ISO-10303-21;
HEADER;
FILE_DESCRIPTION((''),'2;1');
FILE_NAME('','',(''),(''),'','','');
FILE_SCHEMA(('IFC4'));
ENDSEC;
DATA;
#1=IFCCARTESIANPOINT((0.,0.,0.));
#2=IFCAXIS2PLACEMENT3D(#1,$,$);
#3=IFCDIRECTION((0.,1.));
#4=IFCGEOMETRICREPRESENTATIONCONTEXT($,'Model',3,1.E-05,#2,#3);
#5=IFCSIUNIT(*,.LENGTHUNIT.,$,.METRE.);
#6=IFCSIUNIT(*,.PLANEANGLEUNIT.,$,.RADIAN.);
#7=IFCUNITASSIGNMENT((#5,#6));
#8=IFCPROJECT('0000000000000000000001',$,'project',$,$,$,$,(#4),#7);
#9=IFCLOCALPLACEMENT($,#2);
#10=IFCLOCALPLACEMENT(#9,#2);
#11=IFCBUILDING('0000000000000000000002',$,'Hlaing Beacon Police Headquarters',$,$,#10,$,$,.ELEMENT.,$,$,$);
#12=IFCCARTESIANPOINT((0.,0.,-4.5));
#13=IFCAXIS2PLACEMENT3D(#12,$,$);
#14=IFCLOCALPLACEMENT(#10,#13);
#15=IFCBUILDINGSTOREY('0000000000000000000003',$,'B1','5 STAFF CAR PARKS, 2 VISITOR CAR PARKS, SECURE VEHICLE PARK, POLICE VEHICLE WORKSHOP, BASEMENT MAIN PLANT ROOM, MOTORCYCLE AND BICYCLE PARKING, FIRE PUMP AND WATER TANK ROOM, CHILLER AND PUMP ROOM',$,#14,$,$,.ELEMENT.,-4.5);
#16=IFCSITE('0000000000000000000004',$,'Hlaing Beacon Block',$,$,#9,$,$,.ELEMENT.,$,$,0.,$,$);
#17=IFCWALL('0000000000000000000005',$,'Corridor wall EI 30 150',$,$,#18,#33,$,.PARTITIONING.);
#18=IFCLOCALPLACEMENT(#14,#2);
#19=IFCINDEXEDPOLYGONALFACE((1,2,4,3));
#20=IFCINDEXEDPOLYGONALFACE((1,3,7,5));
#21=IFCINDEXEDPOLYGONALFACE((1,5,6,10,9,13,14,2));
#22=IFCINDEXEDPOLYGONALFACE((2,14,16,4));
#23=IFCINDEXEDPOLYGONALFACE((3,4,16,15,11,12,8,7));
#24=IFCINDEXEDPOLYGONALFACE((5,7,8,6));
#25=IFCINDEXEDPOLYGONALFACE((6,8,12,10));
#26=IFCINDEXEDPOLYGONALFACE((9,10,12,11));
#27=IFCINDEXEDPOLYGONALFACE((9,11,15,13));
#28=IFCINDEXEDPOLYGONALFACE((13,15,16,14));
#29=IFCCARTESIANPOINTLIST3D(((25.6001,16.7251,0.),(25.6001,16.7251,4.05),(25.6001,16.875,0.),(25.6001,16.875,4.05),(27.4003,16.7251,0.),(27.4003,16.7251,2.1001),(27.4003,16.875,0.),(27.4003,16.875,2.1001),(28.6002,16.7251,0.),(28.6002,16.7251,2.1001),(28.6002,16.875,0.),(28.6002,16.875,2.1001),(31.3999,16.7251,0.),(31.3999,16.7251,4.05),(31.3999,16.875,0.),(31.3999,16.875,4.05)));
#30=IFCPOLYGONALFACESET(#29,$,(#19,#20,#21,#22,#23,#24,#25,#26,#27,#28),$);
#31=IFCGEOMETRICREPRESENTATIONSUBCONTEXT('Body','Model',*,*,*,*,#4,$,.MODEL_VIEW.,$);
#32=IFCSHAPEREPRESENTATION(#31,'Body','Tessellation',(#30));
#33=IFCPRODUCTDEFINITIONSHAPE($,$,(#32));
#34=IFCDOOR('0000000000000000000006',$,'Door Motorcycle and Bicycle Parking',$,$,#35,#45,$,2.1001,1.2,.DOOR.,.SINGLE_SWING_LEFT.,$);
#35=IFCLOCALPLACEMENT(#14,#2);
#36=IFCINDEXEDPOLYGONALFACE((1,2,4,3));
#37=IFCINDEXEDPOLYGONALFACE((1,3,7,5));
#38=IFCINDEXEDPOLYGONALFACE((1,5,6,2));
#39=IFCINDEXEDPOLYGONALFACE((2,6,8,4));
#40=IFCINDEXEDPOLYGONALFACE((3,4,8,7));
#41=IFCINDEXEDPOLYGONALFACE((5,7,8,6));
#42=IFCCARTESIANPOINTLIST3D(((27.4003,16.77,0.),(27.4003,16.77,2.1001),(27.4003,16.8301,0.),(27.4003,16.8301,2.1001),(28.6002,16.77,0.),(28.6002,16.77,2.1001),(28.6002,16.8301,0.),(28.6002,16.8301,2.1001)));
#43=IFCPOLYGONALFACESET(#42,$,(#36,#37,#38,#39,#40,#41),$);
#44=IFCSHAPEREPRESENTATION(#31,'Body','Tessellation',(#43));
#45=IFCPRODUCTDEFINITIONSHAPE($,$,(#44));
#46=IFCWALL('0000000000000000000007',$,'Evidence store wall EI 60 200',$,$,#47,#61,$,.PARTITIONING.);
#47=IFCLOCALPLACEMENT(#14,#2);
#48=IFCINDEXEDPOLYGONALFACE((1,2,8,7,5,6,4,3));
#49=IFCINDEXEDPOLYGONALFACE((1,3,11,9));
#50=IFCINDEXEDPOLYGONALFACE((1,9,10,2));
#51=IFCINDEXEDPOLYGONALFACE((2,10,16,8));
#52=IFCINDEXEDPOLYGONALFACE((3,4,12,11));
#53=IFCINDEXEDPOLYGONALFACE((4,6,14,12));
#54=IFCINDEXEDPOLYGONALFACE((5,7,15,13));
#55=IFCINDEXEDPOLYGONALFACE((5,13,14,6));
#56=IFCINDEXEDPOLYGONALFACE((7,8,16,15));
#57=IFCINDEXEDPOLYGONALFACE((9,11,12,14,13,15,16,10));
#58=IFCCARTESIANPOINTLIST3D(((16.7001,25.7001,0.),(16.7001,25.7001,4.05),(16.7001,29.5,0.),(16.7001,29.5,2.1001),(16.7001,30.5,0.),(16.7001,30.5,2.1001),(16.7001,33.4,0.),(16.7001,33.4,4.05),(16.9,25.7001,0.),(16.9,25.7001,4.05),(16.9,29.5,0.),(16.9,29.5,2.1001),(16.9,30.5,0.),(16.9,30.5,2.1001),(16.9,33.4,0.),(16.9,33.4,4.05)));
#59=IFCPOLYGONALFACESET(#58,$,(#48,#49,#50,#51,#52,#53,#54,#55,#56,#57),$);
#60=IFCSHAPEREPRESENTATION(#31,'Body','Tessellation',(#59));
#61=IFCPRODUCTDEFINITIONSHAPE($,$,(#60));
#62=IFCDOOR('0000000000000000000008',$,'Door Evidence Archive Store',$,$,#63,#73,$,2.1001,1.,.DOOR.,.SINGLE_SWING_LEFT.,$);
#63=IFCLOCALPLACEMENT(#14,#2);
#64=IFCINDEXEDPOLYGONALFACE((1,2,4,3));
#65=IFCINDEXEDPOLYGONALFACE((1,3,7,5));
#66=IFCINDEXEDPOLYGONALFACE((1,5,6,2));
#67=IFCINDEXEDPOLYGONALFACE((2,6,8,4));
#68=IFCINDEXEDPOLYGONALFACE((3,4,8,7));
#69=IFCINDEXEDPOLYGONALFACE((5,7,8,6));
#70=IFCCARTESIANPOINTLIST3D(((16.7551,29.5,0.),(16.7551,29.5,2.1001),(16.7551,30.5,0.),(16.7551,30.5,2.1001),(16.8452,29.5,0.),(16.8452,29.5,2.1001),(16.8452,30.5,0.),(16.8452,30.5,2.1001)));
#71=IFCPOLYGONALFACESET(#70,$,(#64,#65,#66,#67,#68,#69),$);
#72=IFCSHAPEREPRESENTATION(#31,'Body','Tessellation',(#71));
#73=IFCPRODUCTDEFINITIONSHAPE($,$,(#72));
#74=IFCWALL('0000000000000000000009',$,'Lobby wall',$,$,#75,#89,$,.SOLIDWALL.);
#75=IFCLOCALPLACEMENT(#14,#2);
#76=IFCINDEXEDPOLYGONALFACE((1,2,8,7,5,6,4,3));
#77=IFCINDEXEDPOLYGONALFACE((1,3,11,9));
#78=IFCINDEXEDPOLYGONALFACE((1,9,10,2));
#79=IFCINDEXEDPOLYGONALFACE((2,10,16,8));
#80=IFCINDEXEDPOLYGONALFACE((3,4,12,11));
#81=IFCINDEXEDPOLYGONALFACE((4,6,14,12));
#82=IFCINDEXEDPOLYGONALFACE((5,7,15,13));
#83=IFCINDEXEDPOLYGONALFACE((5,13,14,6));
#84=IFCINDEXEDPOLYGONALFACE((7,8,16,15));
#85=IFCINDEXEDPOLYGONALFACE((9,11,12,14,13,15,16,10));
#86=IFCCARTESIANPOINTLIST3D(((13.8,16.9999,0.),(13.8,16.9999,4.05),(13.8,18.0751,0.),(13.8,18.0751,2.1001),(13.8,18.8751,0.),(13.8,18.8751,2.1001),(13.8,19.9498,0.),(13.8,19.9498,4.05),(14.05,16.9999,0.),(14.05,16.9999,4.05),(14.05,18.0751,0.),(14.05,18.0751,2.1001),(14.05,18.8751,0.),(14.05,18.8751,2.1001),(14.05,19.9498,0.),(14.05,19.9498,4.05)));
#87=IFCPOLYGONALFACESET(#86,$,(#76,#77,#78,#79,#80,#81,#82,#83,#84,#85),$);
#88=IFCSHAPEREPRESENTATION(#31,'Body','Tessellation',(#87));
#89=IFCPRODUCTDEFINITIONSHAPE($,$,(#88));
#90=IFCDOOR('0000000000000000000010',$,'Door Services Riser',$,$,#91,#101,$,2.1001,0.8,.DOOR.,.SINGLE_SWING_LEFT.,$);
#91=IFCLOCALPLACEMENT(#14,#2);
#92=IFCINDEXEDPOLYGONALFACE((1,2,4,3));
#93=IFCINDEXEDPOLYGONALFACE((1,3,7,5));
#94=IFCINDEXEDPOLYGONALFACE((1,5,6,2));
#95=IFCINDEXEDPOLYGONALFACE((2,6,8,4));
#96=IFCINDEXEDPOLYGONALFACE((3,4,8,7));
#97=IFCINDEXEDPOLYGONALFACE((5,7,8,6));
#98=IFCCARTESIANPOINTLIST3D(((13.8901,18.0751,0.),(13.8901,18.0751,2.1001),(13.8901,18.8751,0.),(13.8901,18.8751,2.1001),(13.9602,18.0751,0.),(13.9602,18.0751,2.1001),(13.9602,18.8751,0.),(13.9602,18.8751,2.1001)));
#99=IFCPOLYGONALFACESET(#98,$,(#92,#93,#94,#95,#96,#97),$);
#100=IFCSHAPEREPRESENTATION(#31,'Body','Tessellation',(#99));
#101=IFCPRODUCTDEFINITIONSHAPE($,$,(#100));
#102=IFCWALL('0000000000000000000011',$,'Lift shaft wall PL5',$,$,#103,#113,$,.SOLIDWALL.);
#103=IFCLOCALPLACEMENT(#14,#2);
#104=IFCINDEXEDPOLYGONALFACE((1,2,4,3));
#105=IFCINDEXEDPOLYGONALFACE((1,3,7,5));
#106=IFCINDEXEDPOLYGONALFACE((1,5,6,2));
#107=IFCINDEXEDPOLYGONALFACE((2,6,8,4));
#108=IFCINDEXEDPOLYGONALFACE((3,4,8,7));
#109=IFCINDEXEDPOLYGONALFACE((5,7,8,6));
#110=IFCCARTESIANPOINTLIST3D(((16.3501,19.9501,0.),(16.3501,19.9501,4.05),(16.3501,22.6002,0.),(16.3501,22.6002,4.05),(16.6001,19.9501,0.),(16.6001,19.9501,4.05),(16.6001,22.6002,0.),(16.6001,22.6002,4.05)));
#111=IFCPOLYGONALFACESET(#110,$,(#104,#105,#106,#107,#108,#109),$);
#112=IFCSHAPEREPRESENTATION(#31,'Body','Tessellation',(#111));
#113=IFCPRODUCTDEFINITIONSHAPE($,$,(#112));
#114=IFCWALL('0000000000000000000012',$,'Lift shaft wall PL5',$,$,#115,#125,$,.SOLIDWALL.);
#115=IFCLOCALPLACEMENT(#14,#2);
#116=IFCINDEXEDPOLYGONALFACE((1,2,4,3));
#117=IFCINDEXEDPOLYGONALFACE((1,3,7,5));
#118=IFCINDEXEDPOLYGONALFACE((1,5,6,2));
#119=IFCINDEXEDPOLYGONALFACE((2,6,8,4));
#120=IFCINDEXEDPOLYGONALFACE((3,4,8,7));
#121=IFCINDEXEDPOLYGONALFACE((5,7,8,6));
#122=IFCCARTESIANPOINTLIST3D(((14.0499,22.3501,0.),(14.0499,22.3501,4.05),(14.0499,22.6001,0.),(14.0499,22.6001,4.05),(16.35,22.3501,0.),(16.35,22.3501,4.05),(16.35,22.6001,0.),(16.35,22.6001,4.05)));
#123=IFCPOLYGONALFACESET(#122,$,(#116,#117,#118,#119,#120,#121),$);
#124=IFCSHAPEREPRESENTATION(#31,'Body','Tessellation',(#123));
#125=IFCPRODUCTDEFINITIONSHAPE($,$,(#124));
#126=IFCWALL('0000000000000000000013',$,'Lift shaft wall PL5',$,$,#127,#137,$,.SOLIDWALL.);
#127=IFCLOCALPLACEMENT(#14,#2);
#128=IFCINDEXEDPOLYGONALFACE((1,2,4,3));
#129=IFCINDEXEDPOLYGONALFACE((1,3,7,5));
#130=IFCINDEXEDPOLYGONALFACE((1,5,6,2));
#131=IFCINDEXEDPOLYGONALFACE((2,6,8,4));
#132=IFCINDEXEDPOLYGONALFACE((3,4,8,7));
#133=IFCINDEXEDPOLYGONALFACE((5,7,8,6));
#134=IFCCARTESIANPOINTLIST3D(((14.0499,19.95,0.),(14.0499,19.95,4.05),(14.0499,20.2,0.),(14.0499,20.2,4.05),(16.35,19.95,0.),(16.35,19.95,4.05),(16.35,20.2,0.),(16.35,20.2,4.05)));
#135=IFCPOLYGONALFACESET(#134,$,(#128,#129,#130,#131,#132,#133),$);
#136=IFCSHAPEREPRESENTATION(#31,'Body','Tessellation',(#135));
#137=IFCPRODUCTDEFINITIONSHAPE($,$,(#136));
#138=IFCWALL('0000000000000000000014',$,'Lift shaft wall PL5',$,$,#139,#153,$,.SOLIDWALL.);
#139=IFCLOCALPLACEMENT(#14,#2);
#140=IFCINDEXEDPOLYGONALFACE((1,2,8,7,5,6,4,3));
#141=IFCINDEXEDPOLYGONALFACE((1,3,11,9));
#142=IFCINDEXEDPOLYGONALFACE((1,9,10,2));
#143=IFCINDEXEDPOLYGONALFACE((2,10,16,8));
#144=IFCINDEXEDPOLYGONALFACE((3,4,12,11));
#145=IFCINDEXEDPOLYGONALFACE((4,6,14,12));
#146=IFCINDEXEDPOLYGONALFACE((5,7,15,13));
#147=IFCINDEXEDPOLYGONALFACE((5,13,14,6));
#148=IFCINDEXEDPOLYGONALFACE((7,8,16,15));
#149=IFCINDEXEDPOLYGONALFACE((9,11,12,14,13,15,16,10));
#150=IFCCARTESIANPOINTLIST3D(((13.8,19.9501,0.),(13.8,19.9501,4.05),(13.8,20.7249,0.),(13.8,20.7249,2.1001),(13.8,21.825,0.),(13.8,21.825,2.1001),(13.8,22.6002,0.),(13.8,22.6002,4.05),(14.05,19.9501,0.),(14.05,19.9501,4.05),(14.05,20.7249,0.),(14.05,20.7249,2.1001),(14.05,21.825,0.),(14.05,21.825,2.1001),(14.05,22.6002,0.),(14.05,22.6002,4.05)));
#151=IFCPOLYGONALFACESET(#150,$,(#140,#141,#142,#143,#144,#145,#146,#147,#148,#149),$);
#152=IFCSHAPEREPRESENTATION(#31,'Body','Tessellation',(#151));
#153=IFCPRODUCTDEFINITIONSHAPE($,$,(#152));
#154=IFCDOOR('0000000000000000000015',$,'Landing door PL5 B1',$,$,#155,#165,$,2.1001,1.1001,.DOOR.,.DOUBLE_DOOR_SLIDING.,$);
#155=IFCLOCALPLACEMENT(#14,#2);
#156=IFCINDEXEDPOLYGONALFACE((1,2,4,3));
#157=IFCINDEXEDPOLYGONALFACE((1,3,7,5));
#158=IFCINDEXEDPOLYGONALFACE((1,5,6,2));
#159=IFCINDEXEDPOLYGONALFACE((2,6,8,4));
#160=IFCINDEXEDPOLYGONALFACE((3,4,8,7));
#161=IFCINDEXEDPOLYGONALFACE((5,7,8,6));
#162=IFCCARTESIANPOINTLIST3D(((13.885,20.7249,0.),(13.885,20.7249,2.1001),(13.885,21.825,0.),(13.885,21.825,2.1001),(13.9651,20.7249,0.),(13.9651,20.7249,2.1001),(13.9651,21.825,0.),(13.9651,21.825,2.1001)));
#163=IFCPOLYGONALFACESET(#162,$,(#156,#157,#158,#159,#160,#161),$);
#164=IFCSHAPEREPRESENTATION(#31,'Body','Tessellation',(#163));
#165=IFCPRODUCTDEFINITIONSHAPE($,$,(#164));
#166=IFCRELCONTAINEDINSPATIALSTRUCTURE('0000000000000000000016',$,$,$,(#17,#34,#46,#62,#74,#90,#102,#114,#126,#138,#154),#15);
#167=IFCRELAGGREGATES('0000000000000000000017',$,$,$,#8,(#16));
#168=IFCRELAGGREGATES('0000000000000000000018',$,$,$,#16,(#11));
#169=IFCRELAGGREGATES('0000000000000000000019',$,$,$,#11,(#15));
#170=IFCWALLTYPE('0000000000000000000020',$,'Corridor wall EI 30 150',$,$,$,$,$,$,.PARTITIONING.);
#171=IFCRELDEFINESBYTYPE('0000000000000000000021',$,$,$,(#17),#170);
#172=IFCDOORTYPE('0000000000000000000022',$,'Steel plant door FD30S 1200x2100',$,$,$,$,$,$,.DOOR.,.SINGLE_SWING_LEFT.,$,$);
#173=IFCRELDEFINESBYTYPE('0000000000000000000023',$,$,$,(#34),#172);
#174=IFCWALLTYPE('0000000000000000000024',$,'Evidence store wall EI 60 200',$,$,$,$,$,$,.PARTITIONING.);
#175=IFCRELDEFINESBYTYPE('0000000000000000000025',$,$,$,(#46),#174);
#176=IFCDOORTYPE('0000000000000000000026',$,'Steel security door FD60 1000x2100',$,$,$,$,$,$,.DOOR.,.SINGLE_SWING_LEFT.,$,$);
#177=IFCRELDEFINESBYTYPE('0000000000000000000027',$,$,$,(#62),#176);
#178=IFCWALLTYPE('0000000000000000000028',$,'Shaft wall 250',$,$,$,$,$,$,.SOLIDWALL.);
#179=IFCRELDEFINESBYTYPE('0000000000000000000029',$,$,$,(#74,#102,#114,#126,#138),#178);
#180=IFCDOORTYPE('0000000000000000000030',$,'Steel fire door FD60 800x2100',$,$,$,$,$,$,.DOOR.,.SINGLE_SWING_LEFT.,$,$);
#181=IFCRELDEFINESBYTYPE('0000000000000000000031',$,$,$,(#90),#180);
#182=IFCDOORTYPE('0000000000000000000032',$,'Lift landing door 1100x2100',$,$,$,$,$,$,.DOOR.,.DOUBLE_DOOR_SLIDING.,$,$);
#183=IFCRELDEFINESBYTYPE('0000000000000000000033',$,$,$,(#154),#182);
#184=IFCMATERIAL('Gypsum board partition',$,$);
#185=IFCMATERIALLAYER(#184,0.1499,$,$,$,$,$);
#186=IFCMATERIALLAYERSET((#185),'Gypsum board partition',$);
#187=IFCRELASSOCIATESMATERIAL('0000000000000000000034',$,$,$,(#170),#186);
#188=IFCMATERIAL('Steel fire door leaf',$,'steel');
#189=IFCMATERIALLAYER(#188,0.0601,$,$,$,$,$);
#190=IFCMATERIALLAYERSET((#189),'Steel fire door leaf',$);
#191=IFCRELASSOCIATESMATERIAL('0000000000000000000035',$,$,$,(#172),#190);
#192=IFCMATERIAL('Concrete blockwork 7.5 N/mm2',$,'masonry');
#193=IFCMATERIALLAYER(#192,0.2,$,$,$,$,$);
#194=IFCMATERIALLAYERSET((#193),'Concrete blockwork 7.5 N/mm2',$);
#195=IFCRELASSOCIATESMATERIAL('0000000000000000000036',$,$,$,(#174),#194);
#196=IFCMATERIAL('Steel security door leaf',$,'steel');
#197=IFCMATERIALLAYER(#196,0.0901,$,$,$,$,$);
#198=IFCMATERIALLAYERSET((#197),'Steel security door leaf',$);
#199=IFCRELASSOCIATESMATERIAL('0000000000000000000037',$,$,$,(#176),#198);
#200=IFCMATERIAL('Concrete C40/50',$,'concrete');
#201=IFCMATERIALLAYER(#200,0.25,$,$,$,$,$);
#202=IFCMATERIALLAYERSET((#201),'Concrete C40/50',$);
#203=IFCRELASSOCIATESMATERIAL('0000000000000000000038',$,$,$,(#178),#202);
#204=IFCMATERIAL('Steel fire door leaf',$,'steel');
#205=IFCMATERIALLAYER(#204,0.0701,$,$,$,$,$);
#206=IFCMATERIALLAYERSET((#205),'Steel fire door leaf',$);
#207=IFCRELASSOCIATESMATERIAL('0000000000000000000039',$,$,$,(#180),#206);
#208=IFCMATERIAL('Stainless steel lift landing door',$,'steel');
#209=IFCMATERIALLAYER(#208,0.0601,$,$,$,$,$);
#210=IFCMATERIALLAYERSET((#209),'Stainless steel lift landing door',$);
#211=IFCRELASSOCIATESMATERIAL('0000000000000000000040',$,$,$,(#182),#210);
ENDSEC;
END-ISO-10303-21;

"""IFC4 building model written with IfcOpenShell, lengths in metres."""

from ifc_helpers import new_model, si_unit, direction, frame, frame_2d, origin, place, context, subcontext, project, spatial, rectangle, extrude, material, layer, layer_set, type_object, element, fill, save


model = new_model("IFC4")

# Units and contexts
model_context = context("Model", 3, precision=1e-05, world=origin(), true_north=direction((0.0, 1.0)))
body_context = subcontext(model_context, "Body", "Model", "MODEL_VIEW")
ifc_project = project(units=[si_unit("LENGTHUNIT", "METRE"), si_unit("PLANEANGLEUNIT", "RADIAN")], contexts=[model_context])

# Site, building, storey
site_placement = place(None, origin())
site = spatial("IfcSite", under=ifc_project, at=site_placement, Name="Hlaing Beacon Block", CompositionType="ELEMENT", RefElevation=0.0)
building_placement = place(site_placement, origin())
building = spatial("IfcBuilding", under=site, at=building_placement, Name="Hlaing Beacon Police Headquarters", CompositionType="ELEMENT")
storey_placement = place(building_placement, frame((0.0, 0.0, -4.5)))
storey = spatial("IfcBuildingStorey", under=building, at=storey_placement, Name="B1", Description="5 STAFF CAR PARKS, 2 VISITOR CAR PARKS, SECURE VEHICLE PARK, POLICE VEHICLE WORKSHOP, BASEMENT MAIN PLANT ROOM, MOTORCYCLE AND BICYCLE PARKING, FIRE PUMP AND WATER TANK ROOM, CHILLER AND PUMP ROOM", CompositionType="ELEMENT", Elevation=-4.5)

# Walls, openings, doors
ifc_material_1 = material(Name="Gypsum board partition")
ifc_layer_1 = layer(ifc_material_1, 0.1499)
ifc_layer_set_1 = layer_set([ifc_layer_1], Name="Gypsum board partition")
wall_type_1 = type_object("IfcWallType", Name="Corridor wall EI 30 150", PredefinedType="PARTITIONING", material=ifc_layer_set_1)
wall_1_placement = place(storey_placement, frame((25.6001, 16.8, 0.0), z_axis=(0.0, 0.0, 1.0), x_axis=(1.0, 0.0, 0.0)))
wall_1 = element("IfcWall", 1, at=wall_1_placement, inside=storey, type_object=wall_type_1, Name="Corridor wall EI 30 150", PredefinedType="PARTITIONING", context=body_context, shape_type="SweptSolid", body=[
    extrude(rectangle(XDim=5.7998, YDim=0.1499, at=frame_2d((2.8999, 0.0))), origin(), (0.0, 0.0, 1.0), 4.05),
])
opening_1_placement = place(wall_1_placement, frame((1.8, 0.0, 0.0)))
opening_1 = element("IfcOpeningElement", 2, at=opening_1_placement, cuts=wall_1, PredefinedType="OPENING", context=body_context, shape_type="SweptSolid", body=[
    extrude(rectangle(XDim=1.2, YDim=2.1001, at=frame_2d((0.6001, 1.05))), frame((0.0, 0.085, 0.0), z_axis=(0.0, -1.0, 0.0), x_axis=(1.0, 0.0, 0.0)), (0.0, 0.0, 1.0), 0.1699),
])
ifc_material_2 = material(Name="Steel fire door leaf", Category="steel")
ifc_layer_2 = layer(ifc_material_2, 0.0601)
ifc_layer_set_2 = layer_set([ifc_layer_2], Name="Steel fire door leaf")
door_type_1 = type_object("IfcDoorType", Name="Steel plant door FD30S 1200x2100", OperationType="SINGLE_SWING_LEFT", PredefinedType="DOOR", material=ifc_layer_set_2)
door_1_placement = place(opening_1_placement, origin())
door_1 = element("IfcDoor", 3, at=door_1_placement, inside=storey, type_object=door_type_1, Name="Door Motorcycle and Bicycle Parking", OperationType="SINGLE_SWING_LEFT", OverallHeight=2.1001, OverallWidth=1.2, PredefinedType="DOOR", context=body_context, shape_type="SweptSolid", body=[
    extrude(rectangle(XDim=1.2, YDim=2.1001, at=frame_2d((0.6001, 1.05))), frame((0.0, 0.03, 0.0), z_axis=(0.0, -1.0, 0.0), x_axis=(1.0, 0.0, 0.0)), (0.0, 0.0, 1.0), 0.0601),
])
fill(opening_1, door_1)
ifc_material_3 = material(Name="Concrete blockwork 7.5 N/mm2", Category="masonry")
ifc_layer_3 = layer(ifc_material_3, 0.2)
ifc_layer_set_3 = layer_set([ifc_layer_3], Name="Concrete blockwork 7.5 N/mm2")
wall_type_2 = type_object("IfcWallType", Name="Evidence store wall EI 60 200", PredefinedType="PARTITIONING", material=ifc_layer_set_3)
wall_2_placement = place(storey_placement, frame((16.8, 25.7, 0.0), z_axis=(0.0, 0.0, 1.0), x_axis=(0.0, 1.0, 0.0)))
wall_2 = element("IfcWall", 4, at=wall_2_placement, inside=storey, type_object=wall_type_2, Name="Evidence store wall EI 60 200", PredefinedType="PARTITIONING", context=body_context, shape_type="SweptSolid", body=[
    extrude(rectangle(XDim=7.7, YDim=0.2, at=frame_2d((3.8501, 0.0))), origin(), (0.0, 0.0, 1.0), 4.05),
])
opening_2_placement = place(wall_2_placement, frame((3.8, 0.0, 0.0)))
opening_2 = element("IfcOpeningElement", 5, at=opening_2_placement, cuts=wall_2, PredefinedType="OPENING", context=body_context, shape_type="SweptSolid", body=[
    extrude(rectangle(XDim=1.0, YDim=2.1001, at=frame_2d((0.5, 1.05))), frame((0.0, 0.1099, 0.0), z_axis=(0.0, -1.0, 0.0), x_axis=(1.0, 0.0, 0.0)), (0.0, 0.0, 1.0), 0.22),
])
ifc_material_4 = material(Name="Steel security door leaf", Category="steel")
ifc_layer_4 = layer(ifc_material_4, 0.0901)
ifc_layer_set_4 = layer_set([ifc_layer_4], Name="Steel security door leaf")
door_type_2 = type_object("IfcDoorType", Name="Steel security door FD60 1000x2100", OperationType="SINGLE_SWING_LEFT", PredefinedType="DOOR", material=ifc_layer_set_4)
door_2_placement = place(opening_2_placement, origin())
door_2 = element("IfcDoor", 6, at=door_2_placement, inside=storey, type_object=door_type_2, Name="Door Evidence Archive Store", OperationType="SINGLE_SWING_LEFT", OverallHeight=2.1001, OverallWidth=1.0, PredefinedType="DOOR", context=body_context, shape_type="SweptSolid", body=[
    extrude(rectangle(XDim=1.0, YDim=2.1001, at=frame_2d((0.5, 1.05))), frame((0.0, 0.0449, 0.0), z_axis=(0.0, -1.0, 0.0), x_axis=(1.0, 0.0, 0.0)), (0.0, 0.0, 1.0), 0.0901),
])
fill(opening_2, door_2)
ifc_material_5 = material(Name="Concrete C40/50", Category="concrete")
ifc_layer_5 = layer(ifc_material_5, 0.25)
ifc_layer_set_5 = layer_set([ifc_layer_5], Name="Concrete C40/50")
wall_type_3 = type_object("IfcWallType", Name="Shaft wall 250", PredefinedType="SOLIDWALL", material=ifc_layer_set_5)
wall_3_placement = place(storey_placement, frame((13.925, 19.95, 0.0), z_axis=(0.0, 0.0, 1.0), x_axis=(0.0, -1.0, 0.0)))
wall_3 = element("IfcWall", 7, at=wall_3_placement, inside=storey, type_object=wall_type_3, Name="Lobby wall", PredefinedType="SOLIDWALL", context=body_context, shape_type="SweptSolid", body=[
    extrude(rectangle(XDim=2.95, YDim=0.25, at=frame_2d((1.4751, 0.0))), origin(), (0.0, 0.0, 1.0), 4.05),
])
opening_3_placement = place(wall_3_placement, frame((1.075, 0.0, 0.0)))
opening_3 = element("IfcOpeningElement", 8, at=opening_3_placement, cuts=wall_3, PredefinedType="OPENING", context=body_context, shape_type="SweptSolid", body=[
    extrude(rectangle(XDim=0.8, YDim=2.1001, at=frame_2d((0.3999, 1.05))), frame((0.0, 0.135, 0.0), z_axis=(0.0, -1.0, 0.0), x_axis=(1.0, 0.0, 0.0)), (0.0, 0.0, 1.0), 0.27),
])
ifc_material_6 = material(Name="Steel fire door leaf", Category="steel")
ifc_layer_6 = layer(ifc_material_6, 0.0701)
ifc_layer_set_6 = layer_set([ifc_layer_6], Name="Steel fire door leaf")
door_type_3 = type_object("IfcDoorType", Name="Steel fire door FD60 800x2100", OperationType="SINGLE_SWING_LEFT", PredefinedType="DOOR", material=ifc_layer_set_6)
door_3_placement = place(opening_3_placement, origin())
door_3 = element("IfcDoor", 9, at=door_3_placement, inside=storey, type_object=door_type_3, Name="Door Services Riser", OperationType="SINGLE_SWING_LEFT", OverallHeight=2.1001, OverallWidth=0.8, PredefinedType="DOOR", context=body_context, shape_type="SweptSolid", body=[
    extrude(rectangle(XDim=0.8, YDim=2.1001, at=frame_2d((0.3999, 1.05))), frame((0.0, 0.0352, 0.0), z_axis=(0.0, -1.0, 0.0), x_axis=(1.0, 0.0, 0.0)), (0.0, 0.0, 1.0), 0.0701),
])
fill(opening_3, door_3)

# Walls
wall_4_placement = place(storey_placement, frame((16.4751, 19.95, 0.0), z_axis=(0.0, 0.0, 1.0), x_axis=(0.0, 1.0, 0.0)))
element("IfcWall", 10, at=wall_4_placement, inside=storey, type_object=wall_type_3, Name="Lift shaft wall PL5", PredefinedType="SOLIDWALL", context=body_context, shape_type="SweptSolid", body=[
    extrude(rectangle(XDim=2.6501, YDim=0.25, at=frame_2d((1.3252, 0.0))), origin(), (0.0, 0.0, 1.0), 4.05),
])
for number, where, z_axis, x_axis, name in (
    (11, (14.05, 22.4751, 0.0), (0.0, 0.0, 1.0), (1.0, 0.0, 0.0), "Lift shaft wall PL5"),
    (12, (14.05, 20.075, 0.0), (0.0, 0.0, 1.0), (1.0, 0.0, 0.0), "Lift shaft wall PL5"),
):
    element("IfcWall", number, at=place(storey_placement, frame(where, z_axis=z_axis, x_axis=x_axis)), inside=storey, type_object=wall_type_3, Name=name, PredefinedType="SOLIDWALL", context=body_context, shape_type="SweptSolid", body=[
        extrude(rectangle(XDim=2.3, YDim=0.25, at=frame_2d((1.1499, 0.0))), origin(), (0.0, 0.0, 1.0), 4.05),
    ])

# Wall, opening, door
wall_5_placement = place(storey_placement, frame((13.925, 19.95, 0.0), z_axis=(0.0, 0.0, 1.0), x_axis=(0.0, 1.0, 0.0)))
wall_5 = element("IfcWall", 13, at=wall_5_placement, inside=storey, type_object=wall_type_3, Name="Lift shaft wall PL5", PredefinedType="SOLIDWALL", context=body_context, shape_type="SweptSolid", body=[
    extrude(rectangle(XDim=2.6501, YDim=0.25, at=frame_2d((1.3252, 0.0))), origin(), (0.0, 0.0, 1.0), 4.05),
])
opening_4_placement = place(wall_5_placement, frame((0.7749, 0.0, 0.0)))
opening_4 = element("IfcOpeningElement", 14, at=opening_4_placement, cuts=wall_5, PredefinedType="OPENING", context=body_context, shape_type="SweptSolid", body=[
    extrude(rectangle(XDim=1.1001, YDim=2.1001, at=frame_2d((0.55, 1.05))), frame((0.0, 0.135, 0.0), z_axis=(0.0, -1.0, 0.0), x_axis=(1.0, 0.0, 0.0)), (0.0, 0.0, 1.0), 0.27),
])
ifc_material_7 = material(Name="Stainless steel lift landing door", Category="steel")
ifc_layer_7 = layer(ifc_material_7, 0.0601)
ifc_layer_set_7 = layer_set([ifc_layer_7], Name="Stainless steel lift landing door")
door_type_4 = type_object("IfcDoorType", Name="Lift landing door 1100x2100", OperationType="DOUBLE_DOOR_SLIDING", PredefinedType="DOOR", material=ifc_layer_set_7)
door_4_placement = place(opening_4_placement, origin())
door_4 = element("IfcDoor", 15, at=door_4_placement, inside=storey, type_object=door_type_4, Name="Landing door PL5 B1", OperationType="DOUBLE_DOOR_SLIDING", OverallHeight=2.1001, OverallWidth=1.1001, PredefinedType="DOOR", context=body_context, shape_type="SweptSolid", body=[
    extrude(rectangle(XDim=1.1001, YDim=2.1001, at=frame_2d((0.55, 1.05))), frame((0.0, 0.04, 0.0), z_axis=(0.0, -1.0, 0.0), x_axis=(1.0, 0.0, 0.0)), (0.0, 0.0, 1.0), 0.0801),
])
fill(opening_4, door_4)

save(model, "model.ifc")
